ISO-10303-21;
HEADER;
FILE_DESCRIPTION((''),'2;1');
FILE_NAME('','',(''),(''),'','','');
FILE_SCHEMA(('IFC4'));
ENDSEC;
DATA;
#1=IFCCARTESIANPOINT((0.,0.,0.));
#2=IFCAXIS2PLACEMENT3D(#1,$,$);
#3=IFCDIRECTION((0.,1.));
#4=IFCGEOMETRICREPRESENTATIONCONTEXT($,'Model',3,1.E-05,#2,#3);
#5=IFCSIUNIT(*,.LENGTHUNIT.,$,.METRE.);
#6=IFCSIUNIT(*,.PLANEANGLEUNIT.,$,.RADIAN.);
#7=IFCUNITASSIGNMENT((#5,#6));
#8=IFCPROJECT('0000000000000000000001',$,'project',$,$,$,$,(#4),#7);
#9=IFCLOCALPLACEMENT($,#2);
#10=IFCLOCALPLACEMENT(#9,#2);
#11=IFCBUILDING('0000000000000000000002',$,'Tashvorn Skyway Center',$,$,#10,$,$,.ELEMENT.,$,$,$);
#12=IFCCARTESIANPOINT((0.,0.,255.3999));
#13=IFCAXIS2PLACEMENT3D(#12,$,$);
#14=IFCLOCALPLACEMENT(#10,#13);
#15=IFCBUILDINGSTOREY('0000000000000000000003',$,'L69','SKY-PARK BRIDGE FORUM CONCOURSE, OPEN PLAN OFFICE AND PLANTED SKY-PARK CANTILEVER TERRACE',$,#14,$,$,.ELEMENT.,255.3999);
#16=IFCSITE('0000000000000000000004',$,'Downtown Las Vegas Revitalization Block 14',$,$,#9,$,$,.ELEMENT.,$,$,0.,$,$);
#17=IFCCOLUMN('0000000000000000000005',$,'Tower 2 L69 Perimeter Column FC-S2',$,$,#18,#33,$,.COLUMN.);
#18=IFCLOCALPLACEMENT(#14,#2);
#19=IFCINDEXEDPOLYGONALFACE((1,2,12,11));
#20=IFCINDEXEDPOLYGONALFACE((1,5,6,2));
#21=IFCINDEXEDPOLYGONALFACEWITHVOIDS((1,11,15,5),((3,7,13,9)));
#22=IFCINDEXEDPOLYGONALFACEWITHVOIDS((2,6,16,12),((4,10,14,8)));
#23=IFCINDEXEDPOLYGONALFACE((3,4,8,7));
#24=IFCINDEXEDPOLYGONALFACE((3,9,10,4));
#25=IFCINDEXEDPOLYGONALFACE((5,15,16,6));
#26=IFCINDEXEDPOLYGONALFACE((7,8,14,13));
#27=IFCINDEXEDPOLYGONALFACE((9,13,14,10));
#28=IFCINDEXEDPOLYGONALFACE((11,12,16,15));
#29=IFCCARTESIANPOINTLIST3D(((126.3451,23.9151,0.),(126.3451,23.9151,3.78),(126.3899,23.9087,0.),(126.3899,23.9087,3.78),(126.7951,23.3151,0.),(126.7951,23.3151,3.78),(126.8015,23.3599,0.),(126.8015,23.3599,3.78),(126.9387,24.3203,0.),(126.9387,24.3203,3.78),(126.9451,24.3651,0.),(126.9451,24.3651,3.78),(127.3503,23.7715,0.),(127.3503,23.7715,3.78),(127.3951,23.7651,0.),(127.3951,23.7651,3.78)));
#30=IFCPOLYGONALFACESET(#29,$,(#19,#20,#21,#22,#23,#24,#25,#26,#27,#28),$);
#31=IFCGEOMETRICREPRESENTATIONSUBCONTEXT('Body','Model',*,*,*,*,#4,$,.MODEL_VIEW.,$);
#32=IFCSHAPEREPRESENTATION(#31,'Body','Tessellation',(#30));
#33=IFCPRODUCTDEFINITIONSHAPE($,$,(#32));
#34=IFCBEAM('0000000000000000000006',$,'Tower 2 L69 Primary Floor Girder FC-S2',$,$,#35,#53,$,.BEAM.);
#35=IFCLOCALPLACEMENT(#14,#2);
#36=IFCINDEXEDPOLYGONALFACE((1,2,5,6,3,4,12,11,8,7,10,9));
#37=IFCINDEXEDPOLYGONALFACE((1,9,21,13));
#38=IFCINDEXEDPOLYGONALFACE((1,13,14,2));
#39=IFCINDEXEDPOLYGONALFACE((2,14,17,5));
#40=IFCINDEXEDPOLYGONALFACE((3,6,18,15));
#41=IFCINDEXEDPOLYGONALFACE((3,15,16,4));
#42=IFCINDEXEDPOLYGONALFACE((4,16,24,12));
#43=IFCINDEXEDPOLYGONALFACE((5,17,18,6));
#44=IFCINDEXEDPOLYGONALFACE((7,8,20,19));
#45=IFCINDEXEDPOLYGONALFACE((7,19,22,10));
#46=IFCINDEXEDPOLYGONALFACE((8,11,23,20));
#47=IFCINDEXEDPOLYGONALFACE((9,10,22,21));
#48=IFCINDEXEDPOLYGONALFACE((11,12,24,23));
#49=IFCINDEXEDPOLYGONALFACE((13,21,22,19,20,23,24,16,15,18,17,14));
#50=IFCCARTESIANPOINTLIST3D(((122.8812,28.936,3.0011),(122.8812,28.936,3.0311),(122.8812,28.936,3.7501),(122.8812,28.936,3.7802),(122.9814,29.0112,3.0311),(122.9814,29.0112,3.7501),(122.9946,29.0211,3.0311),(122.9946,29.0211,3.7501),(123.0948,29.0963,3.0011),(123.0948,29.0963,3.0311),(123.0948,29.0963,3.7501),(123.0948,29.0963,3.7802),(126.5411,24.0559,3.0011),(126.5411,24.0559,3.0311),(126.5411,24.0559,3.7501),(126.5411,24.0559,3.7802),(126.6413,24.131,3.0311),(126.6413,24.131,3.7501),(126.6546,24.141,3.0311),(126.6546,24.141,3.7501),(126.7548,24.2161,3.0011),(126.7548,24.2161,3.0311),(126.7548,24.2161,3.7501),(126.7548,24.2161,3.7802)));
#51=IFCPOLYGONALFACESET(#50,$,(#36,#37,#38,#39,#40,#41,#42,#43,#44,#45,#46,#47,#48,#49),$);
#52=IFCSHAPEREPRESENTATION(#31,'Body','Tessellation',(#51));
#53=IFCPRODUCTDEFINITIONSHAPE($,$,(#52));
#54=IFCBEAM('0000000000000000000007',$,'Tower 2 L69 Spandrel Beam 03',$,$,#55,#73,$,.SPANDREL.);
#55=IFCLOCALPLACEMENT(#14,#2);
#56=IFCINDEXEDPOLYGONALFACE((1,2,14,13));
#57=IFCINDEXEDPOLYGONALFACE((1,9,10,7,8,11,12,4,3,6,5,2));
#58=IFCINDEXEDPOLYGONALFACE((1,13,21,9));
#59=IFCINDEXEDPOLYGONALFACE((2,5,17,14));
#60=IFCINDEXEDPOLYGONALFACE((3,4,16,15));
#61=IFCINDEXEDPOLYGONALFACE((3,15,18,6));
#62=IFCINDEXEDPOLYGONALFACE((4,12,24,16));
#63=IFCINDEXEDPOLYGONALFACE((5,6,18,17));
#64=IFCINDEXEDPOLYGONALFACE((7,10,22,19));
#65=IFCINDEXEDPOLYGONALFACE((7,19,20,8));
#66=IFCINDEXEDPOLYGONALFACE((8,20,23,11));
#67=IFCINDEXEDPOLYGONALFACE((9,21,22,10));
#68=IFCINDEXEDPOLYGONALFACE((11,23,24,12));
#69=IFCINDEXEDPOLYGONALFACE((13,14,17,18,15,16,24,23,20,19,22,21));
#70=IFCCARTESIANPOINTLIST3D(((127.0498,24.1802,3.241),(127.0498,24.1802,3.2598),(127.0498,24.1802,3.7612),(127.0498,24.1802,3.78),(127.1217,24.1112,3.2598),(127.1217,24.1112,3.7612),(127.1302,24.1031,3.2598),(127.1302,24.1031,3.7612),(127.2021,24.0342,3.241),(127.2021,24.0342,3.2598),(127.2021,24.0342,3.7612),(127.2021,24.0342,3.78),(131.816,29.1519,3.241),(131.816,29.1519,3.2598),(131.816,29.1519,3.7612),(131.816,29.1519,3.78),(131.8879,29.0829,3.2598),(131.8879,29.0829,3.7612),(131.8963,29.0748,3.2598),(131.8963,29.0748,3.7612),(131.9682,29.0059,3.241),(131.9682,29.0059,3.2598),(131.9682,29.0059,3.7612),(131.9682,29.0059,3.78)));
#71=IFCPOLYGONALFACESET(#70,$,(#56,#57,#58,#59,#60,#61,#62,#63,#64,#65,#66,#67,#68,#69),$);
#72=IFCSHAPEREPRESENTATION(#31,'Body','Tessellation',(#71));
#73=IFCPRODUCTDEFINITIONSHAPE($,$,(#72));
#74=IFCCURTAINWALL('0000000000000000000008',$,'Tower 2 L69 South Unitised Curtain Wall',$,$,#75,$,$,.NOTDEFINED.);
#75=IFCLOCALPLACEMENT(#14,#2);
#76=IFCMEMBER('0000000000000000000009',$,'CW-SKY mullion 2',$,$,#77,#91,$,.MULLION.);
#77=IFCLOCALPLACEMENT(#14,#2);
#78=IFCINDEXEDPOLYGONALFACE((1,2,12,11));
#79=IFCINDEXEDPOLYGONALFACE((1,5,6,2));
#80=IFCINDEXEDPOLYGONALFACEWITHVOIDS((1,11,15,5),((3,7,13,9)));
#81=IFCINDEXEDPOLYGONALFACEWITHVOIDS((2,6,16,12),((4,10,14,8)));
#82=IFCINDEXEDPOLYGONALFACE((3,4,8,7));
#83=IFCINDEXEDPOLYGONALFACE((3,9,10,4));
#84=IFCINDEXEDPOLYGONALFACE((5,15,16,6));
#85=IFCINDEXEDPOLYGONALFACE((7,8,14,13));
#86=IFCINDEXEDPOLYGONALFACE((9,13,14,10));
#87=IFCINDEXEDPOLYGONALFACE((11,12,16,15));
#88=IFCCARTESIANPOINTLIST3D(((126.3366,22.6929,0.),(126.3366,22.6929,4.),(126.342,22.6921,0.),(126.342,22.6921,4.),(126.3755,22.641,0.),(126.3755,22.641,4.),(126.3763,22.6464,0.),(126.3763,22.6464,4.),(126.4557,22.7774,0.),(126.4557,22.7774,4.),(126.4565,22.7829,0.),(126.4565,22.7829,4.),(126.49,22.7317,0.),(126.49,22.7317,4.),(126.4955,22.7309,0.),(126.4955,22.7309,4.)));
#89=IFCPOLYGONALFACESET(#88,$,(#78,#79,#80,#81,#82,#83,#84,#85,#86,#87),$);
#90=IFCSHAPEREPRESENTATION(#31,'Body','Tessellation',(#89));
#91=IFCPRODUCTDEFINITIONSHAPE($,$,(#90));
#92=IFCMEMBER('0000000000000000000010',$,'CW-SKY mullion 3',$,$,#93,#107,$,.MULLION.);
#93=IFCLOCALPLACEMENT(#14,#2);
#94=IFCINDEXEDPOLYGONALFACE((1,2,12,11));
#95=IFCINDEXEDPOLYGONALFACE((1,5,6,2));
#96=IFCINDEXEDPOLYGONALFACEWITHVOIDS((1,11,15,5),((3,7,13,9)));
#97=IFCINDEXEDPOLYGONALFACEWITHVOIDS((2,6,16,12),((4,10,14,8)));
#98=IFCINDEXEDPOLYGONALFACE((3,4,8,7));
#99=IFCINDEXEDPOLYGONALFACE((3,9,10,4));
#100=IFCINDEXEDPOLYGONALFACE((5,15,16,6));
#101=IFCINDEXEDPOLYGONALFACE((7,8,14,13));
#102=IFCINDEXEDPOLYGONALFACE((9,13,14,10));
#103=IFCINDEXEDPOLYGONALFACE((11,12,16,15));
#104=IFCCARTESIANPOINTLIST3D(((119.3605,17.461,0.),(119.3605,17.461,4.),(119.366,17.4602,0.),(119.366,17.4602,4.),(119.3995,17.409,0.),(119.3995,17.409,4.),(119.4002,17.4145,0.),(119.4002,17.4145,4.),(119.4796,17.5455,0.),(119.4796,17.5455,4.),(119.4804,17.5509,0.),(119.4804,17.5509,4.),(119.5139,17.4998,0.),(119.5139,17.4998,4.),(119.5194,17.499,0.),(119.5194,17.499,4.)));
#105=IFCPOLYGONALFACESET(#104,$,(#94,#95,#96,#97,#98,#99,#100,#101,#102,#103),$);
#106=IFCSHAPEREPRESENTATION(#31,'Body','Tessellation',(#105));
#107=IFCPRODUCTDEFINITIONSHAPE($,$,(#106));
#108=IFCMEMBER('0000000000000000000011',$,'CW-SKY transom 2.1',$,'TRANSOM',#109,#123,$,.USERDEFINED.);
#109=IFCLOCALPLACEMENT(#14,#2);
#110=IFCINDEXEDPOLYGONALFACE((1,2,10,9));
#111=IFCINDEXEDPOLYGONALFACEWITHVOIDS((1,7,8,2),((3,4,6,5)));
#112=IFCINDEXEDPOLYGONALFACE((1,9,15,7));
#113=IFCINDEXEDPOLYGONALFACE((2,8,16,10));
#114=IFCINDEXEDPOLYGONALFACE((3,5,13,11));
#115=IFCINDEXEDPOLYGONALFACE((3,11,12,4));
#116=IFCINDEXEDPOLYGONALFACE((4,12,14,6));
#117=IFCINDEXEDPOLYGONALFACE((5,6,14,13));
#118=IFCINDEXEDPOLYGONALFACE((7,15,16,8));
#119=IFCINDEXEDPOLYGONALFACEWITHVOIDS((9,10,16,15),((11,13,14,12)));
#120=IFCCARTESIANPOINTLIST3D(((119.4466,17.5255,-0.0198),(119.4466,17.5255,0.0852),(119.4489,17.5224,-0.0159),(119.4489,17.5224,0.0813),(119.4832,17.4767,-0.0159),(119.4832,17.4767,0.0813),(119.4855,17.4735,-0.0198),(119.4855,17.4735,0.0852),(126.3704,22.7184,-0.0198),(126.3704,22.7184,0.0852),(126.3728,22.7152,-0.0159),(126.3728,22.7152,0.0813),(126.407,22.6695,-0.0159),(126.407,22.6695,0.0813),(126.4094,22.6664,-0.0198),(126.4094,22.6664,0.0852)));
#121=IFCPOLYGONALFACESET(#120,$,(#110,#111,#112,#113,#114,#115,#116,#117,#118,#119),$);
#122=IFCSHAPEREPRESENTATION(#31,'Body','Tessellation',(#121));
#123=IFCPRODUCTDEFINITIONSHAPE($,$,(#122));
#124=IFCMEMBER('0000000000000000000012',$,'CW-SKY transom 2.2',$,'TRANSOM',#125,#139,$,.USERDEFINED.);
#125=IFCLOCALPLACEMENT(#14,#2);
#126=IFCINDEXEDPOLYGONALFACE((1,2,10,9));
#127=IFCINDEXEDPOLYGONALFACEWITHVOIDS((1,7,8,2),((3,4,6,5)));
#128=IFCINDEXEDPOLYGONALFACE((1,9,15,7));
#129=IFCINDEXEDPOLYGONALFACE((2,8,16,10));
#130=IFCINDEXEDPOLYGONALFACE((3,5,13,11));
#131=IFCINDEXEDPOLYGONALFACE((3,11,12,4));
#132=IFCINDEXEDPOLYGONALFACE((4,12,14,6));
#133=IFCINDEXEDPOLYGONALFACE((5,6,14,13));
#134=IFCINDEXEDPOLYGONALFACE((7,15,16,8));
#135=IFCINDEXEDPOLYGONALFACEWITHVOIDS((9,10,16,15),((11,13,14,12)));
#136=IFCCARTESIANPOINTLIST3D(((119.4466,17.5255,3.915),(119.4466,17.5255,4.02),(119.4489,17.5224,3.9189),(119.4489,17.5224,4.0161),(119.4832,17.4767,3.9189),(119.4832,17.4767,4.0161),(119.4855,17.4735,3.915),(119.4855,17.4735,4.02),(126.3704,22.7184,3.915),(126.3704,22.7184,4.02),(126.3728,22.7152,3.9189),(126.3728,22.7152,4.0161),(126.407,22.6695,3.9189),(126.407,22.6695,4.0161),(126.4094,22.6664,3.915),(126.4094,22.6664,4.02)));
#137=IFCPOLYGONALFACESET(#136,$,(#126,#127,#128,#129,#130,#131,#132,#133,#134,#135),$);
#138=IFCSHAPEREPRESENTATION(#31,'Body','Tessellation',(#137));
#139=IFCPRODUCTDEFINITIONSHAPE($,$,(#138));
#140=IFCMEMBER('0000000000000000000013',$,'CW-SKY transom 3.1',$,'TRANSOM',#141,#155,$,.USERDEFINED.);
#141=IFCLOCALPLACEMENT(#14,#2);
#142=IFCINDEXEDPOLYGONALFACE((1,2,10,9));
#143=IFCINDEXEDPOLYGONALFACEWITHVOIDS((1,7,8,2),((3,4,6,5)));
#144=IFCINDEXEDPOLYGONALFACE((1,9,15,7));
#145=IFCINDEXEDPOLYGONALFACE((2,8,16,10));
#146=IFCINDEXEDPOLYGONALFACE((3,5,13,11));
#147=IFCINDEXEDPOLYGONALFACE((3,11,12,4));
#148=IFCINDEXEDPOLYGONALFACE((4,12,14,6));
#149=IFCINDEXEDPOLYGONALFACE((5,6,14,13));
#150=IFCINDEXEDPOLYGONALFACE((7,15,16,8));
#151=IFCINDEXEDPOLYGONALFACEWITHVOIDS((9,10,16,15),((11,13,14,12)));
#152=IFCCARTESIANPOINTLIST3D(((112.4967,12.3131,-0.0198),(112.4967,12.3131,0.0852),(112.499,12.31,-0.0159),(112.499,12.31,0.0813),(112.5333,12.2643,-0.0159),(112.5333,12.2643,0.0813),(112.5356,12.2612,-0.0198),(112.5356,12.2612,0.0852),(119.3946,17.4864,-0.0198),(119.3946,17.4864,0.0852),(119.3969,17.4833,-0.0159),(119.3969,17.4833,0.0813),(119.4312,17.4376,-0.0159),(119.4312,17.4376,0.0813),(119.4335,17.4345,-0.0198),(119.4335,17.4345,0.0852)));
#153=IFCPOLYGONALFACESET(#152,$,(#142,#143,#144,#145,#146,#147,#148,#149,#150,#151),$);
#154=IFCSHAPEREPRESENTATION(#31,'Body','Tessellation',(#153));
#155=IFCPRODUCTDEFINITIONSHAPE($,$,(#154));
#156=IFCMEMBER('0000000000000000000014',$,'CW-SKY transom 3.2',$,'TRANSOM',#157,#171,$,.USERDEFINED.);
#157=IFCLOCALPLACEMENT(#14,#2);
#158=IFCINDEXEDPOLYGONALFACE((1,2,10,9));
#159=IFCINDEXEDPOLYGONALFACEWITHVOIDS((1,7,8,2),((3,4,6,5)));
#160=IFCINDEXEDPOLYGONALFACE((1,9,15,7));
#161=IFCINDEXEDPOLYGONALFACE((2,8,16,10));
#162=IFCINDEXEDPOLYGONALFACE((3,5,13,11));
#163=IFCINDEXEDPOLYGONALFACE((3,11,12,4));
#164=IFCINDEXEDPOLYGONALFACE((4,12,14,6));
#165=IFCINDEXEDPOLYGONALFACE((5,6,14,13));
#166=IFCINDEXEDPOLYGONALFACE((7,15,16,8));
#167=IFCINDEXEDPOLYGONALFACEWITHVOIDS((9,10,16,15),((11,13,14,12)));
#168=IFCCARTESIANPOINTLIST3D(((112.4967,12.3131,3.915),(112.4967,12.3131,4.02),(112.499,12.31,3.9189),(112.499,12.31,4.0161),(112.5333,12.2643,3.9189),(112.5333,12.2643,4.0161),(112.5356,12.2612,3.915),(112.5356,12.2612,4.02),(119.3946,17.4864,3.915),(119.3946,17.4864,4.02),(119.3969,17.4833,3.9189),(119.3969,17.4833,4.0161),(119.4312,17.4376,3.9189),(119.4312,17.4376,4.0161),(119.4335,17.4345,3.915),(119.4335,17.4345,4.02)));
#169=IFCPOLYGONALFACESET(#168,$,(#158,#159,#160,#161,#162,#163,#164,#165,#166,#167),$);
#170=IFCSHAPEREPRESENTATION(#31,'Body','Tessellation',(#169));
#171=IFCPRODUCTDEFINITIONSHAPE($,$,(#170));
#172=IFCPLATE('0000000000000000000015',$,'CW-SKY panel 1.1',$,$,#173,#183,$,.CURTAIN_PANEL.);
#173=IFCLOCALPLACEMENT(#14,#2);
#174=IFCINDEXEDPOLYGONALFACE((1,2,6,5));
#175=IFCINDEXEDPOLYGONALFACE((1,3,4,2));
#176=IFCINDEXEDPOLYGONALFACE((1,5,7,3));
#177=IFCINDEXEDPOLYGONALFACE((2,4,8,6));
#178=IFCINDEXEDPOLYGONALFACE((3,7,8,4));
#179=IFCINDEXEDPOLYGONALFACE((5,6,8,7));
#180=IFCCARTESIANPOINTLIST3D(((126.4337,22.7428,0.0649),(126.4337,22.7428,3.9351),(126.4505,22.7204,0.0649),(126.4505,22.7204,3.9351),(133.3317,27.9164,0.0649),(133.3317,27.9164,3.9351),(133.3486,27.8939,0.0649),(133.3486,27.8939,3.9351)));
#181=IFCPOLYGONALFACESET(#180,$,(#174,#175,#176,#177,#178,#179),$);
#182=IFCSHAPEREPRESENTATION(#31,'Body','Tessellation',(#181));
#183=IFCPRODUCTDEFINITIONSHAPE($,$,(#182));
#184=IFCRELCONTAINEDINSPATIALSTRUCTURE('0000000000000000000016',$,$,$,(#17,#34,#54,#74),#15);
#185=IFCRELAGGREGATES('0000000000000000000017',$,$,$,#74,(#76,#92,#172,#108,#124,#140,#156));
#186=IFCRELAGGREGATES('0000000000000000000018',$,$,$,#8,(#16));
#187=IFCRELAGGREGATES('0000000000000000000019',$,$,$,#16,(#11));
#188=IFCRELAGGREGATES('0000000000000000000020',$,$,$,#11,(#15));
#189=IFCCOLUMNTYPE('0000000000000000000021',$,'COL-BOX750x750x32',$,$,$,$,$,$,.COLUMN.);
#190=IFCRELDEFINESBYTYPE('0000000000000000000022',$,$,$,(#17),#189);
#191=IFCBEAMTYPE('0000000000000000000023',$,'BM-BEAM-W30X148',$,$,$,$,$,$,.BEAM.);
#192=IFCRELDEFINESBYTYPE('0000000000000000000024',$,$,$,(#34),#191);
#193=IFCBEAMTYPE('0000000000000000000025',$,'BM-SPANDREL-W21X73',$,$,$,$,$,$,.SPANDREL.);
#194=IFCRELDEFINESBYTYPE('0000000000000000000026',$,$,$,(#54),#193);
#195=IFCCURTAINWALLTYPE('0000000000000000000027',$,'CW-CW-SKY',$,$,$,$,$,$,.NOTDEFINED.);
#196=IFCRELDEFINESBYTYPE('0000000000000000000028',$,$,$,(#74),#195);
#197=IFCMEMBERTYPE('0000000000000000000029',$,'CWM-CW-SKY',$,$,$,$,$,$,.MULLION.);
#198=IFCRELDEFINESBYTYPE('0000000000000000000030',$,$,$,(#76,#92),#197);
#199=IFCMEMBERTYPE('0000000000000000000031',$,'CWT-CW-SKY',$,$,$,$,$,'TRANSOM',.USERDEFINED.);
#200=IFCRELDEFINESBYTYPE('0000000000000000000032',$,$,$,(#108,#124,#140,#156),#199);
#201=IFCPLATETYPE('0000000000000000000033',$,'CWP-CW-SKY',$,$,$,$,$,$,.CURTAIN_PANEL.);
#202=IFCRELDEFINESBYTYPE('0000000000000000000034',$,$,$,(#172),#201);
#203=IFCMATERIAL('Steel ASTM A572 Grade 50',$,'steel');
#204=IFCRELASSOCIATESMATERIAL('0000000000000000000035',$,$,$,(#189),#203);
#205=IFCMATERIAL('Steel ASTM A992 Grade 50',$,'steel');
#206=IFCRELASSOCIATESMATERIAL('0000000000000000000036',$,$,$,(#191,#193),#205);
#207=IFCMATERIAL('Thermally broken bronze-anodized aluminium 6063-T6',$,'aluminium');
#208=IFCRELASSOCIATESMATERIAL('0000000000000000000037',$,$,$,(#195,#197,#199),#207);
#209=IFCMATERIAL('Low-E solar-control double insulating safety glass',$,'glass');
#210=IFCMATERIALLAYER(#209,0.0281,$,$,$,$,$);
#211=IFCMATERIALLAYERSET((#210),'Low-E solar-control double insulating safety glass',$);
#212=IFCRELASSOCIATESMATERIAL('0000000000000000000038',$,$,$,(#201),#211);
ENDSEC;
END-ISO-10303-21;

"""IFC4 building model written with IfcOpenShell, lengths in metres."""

from ifc_helpers import new_model, si_unit, direction, frame, origin, origin_2d, place, context, subcontext, project, spatial, rectangle, hollow_rectangle, i_section, extrude, material, layer, layer_set, material_profile, profile_set, type_object, element, aggregate, save


model = new_model("IFC4")

# Units and contexts
model_context = context("Model", 3, precision=1e-05, world=origin(), true_north=direction((0.0, 1.0)))
body_context = subcontext(model_context, "Body", "Model", "MODEL_VIEW")
ifc_project = project(units=[si_unit("LENGTHUNIT", "METRE"), si_unit("PLANEANGLEUNIT", "RADIAN")], contexts=[model_context])

# Site, building, storey
site_placement = place(None, origin())
site = spatial("IfcSite", under=ifc_project, at=site_placement, Name="Downtown Las Vegas Revitalization Block 14", CompositionType="ELEMENT", RefElevation=0.0)
building_placement = place(site_placement, origin())
building = spatial("IfcBuilding", under=site, at=building_placement, Name="Tashvorn Skyway Center", CompositionType="ELEMENT")
storey_placement = place(building_placement, frame((0.0, 0.0, 255.3999)))
storey = spatial("IfcBuildingStorey", under=building, at=storey_placement, Name="L69", Description="SKY-PARK BRIDGE FORUM CONCOURSE, OPEN PLAN OFFICE AND PLANTED SKY-PARK CANTILEVER TERRACE", CompositionType="ELEMENT", Elevation=255.3999)

# Column
ifc_material_1 = material(Name="Steel ASTM A572 Grade 50", Category="steel")
ifc_material_profile_1 = material_profile(ifc_material_1, hollow_rectangle(XDim=0.75, YDim=0.75, WallThickness=0.032, at=origin_2d()), Name="BOX750x750x32")
ifc_profile_set_1 = profile_set([ifc_material_profile_1], Name="Steel ASTM A572 Grade 50")
column_type = type_object("IfcColumnType", Name="COL-BOX750x750x32", PredefinedType="COLUMN", material=ifc_profile_set_1)
column_placement = place(storey_placement, frame((126.8701, 23.8401, 0.0), z_axis=(0.0, 0.0, 1.0), x_axis=(0.8, 0.6, 0.0)))
element("IfcColumn", 1, at=column_placement, inside=storey, type_object=column_type, Name="Tower 2 L69 Perimeter Column FC-S2", PredefinedType="COLUMN", context=body_context, shape_type="SweptSolid", body=[
    extrude(hollow_rectangle(XDim=0.75, YDim=0.75, WallThickness=0.032, at=origin_2d()), origin(), (0.0, 0.0, 1.0), 3.78),
])

# Beams
ifc_material_2 = material(Name="Steel ASTM A992 Grade 50", Category="steel")
ifc_material_profile_2 = material_profile(ifc_material_2, i_section(OverallWidth=0.2671, OverallDepth=0.7791, WebThickness=0.0166, FlangeThickness=0.03, at=origin_2d()), Name="W30X148")
ifc_profile_set_2 = profile_set([ifc_material_profile_2], Name="Steel ASTM A992 Grade 50")
beam_type_1 = type_object("IfcBeamType", Name="BM-BEAM-W30X148", PredefinedType="BEAM", material=ifc_profile_set_2)
beam_1_placement = place(storey_placement, frame((126.6479, 24.136, 3.3906), z_axis=(-0.599981, 0.800014, 0.0), x_axis=(-0.800014, -0.599981, 0.0)))
element("IfcBeam", 2, at=beam_1_placement, inside=storey, type_object=beam_type_1, Name="Tower 2 L69 Primary Floor Girder FC-S2", PredefinedType="BEAM", context=body_context, shape_type="SweptSolid", body=[
    extrude(i_section(OverallWidth=0.2671, OverallDepth=0.7791, WebThickness=0.0166, FlangeThickness=0.03, at=origin_2d()), origin(), (0.0, 0.0, 1.0), 6.1001),
])
ifc_material_profile_3 = material_profile(ifc_material_2, i_section(OverallWidth=0.2109, OverallDepth=0.5391, WebThickness=0.0117, FlangeThickness=0.0188, at=origin_2d()), Name="W21X73")
ifc_profile_set_3 = profile_set([ifc_material_profile_3], Name="Steel ASTM A992 Grade 50")
beam_type_2 = type_object("IfcBeamType", Name="BM-SPANDREL-W21X73", PredefinedType="SPANDREL", material=ifc_profile_set_3)
beam_2_placement = place(storey_placement, frame((127.126, 24.1072, 3.5105), z_axis=(0.692025, 0.721873, 0.0), x_axis=(-0.721873, 0.692025, 0.0)))
element("IfcBeam", 3, at=beam_2_placement, inside=storey, type_object=beam_type_2, Name="Tower 2 L69 Spandrel Beam 03", PredefinedType="SPANDREL", context=body_context, shape_type="SweptSolid", body=[
    extrude(i_section(OverallWidth=0.2109, OverallDepth=0.5391, WebThickness=0.0117, FlangeThickness=0.0188, at=origin_2d()), origin(), (0.0, 0.0, 1.0), 6.8872),
])

# Curtain wall, members, plate
ifc_material_3 = material(Name="Thermally broken bronze-anodized aluminium 6063-T6", Category="aluminium")
curtain_wall_type = type_object("IfcCurtainWallType", Name="CW-CW-SKY", PredefinedType="NOTDEFINED", material=ifc_material_3)
curtain_wall_placement = place(storey_placement, origin())
curtain_wall = element("IfcCurtainWall", 4, at=curtain_wall_placement, inside=storey, type_object=curtain_wall_type, Name="Tower 2 L69 South Unitised Curtain Wall", PredefinedType="NOTDEFINED")
ifc_material_profile_4 = material_profile(ifc_material_3, hollow_rectangle(XDim=0.0649, YDim=0.1499, WallThickness=0.0039, at=origin_2d()), Name="ALU-MULL-65x150")
ifc_profile_set_4 = profile_set([ifc_material_profile_4], Name="Thermally broken bronze-anodized aluminium 6063-T6")
member_type_1 = type_object("IfcMemberType", Name="CWM-CW-SKY", PredefinedType="MULLION", material=ifc_profile_set_4)
member_1_placement = place(storey_placement, frame((126.416, 22.7119, 0.0), z_axis=(0.0, 0.0, 1.0), x_axis=(0.6, -0.8, 0.0)))
member_1 = element("IfcMember", 5, at=member_1_placement, type_object=member_type_1, Name="CW-SKY mullion 2", PredefinedType="MULLION", context=body_context, shape_type="SweptSolid", body=[
    extrude(hollow_rectangle(XDim=0.0649, YDim=0.1499, WallThickness=0.0039, at=origin_2d()), origin(), (0.0, 0.0, 1.0), 4.0),
])
member_2_placement = place(storey_placement, frame((119.4399, 17.48, 0.0), z_axis=(0.0, 0.0, 1.0), x_axis=(0.6, -0.8, 0.0)))
member_2 = element("IfcMember", 6, at=member_2_placement, type_object=member_type_1, Name="CW-SKY mullion 3", PredefinedType="MULLION", context=body_context, shape_type="SweptSolid", body=[
    extrude(hollow_rectangle(XDim=0.0649, YDim=0.1499, WallThickness=0.0039, at=origin_2d()), origin(), (0.0, 0.0, 1.0), 4.0),
])
ifc_material_profile_5 = material_profile(ifc_material_3, hollow_rectangle(XDim=0.0649, YDim=0.105, WallThickness=0.0039, at=origin_2d()), Name="ALU-TRAN-65x105")
ifc_profile_set_5 = profile_set([ifc_material_profile_5], Name="Thermally broken bronze-anodized aluminium 6063-T6")
member_type_2 = type_object("IfcMemberType", Name="CWT-CW-SKY", ElementType="TRANSOM", PredefinedType="USERDEFINED", material=ifc_profile_set_5)
member_3_placement = place(storey_placement, frame((126.3899, 22.6924, 0.0327), z_axis=(-0.8, -0.6, 0.0), x_axis=(0.6, -0.8, 0.0)))
member_3 = element("IfcMember", 7, at=member_3_placement, type_object=member_type_2, Name="CW-SKY transom 2.1", ObjectType="TRANSOM", PredefinedType="USERDEFINED", context=body_context, shape_type="SweptSolid", body=[
    extrude(hollow_rectangle(XDim=0.0649, YDim=0.105, WallThickness=0.0039, at=origin_2d()), origin(), (0.0, 0.0, 1.0), 8.6548),
])
member_4_placement = place(storey_placement, frame((126.3899, 22.6924, 3.9675), z_axis=(-0.8, -0.6, 0.0), x_axis=(0.6, -0.8, 0.0)))
member_4 = element("IfcMember", 8, at=member_4_placement, type_object=member_type_2, Name="CW-SKY transom 2.2", ObjectType="TRANSOM", PredefinedType="USERDEFINED", context=body_context, shape_type="SweptSolid", body=[
    extrude(hollow_rectangle(XDim=0.0649, YDim=0.105, WallThickness=0.0039, at=origin_2d()), origin(), (0.0, 0.0, 1.0), 8.6548),
])
member_5_placement = place(storey_placement, frame((119.4141, 17.4604, 0.0327), z_axis=(-0.800007, -0.599991, 0.0), x_axis=(0.599991, -0.800007, 0.0)))
member_5 = element("IfcMember", 9, at=member_5_placement, type_object=member_type_2, Name="CW-SKY transom 3.1", ObjectType="TRANSOM", PredefinedType="USERDEFINED", context=body_context, shape_type="SweptSolid", body=[
    extrude(hollow_rectangle(XDim=0.0649, YDim=0.105, WallThickness=0.0039, at=origin_2d()), origin(), (0.0, 0.0, 1.0), 8.6223),
])
member_6_placement = place(storey_placement, frame((119.4141, 17.4604, 3.9675), z_axis=(-0.800007, -0.599991, 0.0), x_axis=(0.599991, -0.800007, 0.0)))
member_6 = element("IfcMember", 10, at=member_6_placement, type_object=member_type_2, Name="CW-SKY transom 3.2", ObjectType="TRANSOM", PredefinedType="USERDEFINED", context=body_context, shape_type="SweptSolid", body=[
    extrude(hollow_rectangle(XDim=0.0649, YDim=0.105, WallThickness=0.0039, at=origin_2d()), origin(), (0.0, 0.0, 1.0), 8.6223),
])
ifc_material_4 = material(Name="Low-E solar-control double insulating safety glass", Category="glass")
ifc_layer_1 = layer(ifc_material_4, 0.0281)
ifc_layer_set_1 = layer_set([ifc_layer_1], Name="Low-E solar-control double insulating safety glass")
plate_type = type_object("IfcPlateType", Name="CWP-CW-SKY", PredefinedType="CURTAIN_PANEL", material=ifc_layer_set_1)
plate_1_placement = place(storey_placement, frame((129.8911, 25.3184, 0.0649), z_axis=(0.0, 0.0, 1.0), x_axis=(-0.8, -0.6, 0.0)))
plate_1 = element("IfcPlate", 11, at=plate_1_placement, type_object=plate_type, Name="CW-SKY panel 1.1", PredefinedType="CURTAIN_PANEL", context=body_context, shape_type="SweptSolid", body=[
    extrude(rectangle(XDim=8.6226, YDim=0.0281, at=origin_2d()), origin(), (0.0, 0.0, 1.0), 3.8701),
])
aggregate(curtain_wall, [member_1, member_2, plate_1, member_3, member_4, member_5, member_6])

save(model, "model.ifc")
